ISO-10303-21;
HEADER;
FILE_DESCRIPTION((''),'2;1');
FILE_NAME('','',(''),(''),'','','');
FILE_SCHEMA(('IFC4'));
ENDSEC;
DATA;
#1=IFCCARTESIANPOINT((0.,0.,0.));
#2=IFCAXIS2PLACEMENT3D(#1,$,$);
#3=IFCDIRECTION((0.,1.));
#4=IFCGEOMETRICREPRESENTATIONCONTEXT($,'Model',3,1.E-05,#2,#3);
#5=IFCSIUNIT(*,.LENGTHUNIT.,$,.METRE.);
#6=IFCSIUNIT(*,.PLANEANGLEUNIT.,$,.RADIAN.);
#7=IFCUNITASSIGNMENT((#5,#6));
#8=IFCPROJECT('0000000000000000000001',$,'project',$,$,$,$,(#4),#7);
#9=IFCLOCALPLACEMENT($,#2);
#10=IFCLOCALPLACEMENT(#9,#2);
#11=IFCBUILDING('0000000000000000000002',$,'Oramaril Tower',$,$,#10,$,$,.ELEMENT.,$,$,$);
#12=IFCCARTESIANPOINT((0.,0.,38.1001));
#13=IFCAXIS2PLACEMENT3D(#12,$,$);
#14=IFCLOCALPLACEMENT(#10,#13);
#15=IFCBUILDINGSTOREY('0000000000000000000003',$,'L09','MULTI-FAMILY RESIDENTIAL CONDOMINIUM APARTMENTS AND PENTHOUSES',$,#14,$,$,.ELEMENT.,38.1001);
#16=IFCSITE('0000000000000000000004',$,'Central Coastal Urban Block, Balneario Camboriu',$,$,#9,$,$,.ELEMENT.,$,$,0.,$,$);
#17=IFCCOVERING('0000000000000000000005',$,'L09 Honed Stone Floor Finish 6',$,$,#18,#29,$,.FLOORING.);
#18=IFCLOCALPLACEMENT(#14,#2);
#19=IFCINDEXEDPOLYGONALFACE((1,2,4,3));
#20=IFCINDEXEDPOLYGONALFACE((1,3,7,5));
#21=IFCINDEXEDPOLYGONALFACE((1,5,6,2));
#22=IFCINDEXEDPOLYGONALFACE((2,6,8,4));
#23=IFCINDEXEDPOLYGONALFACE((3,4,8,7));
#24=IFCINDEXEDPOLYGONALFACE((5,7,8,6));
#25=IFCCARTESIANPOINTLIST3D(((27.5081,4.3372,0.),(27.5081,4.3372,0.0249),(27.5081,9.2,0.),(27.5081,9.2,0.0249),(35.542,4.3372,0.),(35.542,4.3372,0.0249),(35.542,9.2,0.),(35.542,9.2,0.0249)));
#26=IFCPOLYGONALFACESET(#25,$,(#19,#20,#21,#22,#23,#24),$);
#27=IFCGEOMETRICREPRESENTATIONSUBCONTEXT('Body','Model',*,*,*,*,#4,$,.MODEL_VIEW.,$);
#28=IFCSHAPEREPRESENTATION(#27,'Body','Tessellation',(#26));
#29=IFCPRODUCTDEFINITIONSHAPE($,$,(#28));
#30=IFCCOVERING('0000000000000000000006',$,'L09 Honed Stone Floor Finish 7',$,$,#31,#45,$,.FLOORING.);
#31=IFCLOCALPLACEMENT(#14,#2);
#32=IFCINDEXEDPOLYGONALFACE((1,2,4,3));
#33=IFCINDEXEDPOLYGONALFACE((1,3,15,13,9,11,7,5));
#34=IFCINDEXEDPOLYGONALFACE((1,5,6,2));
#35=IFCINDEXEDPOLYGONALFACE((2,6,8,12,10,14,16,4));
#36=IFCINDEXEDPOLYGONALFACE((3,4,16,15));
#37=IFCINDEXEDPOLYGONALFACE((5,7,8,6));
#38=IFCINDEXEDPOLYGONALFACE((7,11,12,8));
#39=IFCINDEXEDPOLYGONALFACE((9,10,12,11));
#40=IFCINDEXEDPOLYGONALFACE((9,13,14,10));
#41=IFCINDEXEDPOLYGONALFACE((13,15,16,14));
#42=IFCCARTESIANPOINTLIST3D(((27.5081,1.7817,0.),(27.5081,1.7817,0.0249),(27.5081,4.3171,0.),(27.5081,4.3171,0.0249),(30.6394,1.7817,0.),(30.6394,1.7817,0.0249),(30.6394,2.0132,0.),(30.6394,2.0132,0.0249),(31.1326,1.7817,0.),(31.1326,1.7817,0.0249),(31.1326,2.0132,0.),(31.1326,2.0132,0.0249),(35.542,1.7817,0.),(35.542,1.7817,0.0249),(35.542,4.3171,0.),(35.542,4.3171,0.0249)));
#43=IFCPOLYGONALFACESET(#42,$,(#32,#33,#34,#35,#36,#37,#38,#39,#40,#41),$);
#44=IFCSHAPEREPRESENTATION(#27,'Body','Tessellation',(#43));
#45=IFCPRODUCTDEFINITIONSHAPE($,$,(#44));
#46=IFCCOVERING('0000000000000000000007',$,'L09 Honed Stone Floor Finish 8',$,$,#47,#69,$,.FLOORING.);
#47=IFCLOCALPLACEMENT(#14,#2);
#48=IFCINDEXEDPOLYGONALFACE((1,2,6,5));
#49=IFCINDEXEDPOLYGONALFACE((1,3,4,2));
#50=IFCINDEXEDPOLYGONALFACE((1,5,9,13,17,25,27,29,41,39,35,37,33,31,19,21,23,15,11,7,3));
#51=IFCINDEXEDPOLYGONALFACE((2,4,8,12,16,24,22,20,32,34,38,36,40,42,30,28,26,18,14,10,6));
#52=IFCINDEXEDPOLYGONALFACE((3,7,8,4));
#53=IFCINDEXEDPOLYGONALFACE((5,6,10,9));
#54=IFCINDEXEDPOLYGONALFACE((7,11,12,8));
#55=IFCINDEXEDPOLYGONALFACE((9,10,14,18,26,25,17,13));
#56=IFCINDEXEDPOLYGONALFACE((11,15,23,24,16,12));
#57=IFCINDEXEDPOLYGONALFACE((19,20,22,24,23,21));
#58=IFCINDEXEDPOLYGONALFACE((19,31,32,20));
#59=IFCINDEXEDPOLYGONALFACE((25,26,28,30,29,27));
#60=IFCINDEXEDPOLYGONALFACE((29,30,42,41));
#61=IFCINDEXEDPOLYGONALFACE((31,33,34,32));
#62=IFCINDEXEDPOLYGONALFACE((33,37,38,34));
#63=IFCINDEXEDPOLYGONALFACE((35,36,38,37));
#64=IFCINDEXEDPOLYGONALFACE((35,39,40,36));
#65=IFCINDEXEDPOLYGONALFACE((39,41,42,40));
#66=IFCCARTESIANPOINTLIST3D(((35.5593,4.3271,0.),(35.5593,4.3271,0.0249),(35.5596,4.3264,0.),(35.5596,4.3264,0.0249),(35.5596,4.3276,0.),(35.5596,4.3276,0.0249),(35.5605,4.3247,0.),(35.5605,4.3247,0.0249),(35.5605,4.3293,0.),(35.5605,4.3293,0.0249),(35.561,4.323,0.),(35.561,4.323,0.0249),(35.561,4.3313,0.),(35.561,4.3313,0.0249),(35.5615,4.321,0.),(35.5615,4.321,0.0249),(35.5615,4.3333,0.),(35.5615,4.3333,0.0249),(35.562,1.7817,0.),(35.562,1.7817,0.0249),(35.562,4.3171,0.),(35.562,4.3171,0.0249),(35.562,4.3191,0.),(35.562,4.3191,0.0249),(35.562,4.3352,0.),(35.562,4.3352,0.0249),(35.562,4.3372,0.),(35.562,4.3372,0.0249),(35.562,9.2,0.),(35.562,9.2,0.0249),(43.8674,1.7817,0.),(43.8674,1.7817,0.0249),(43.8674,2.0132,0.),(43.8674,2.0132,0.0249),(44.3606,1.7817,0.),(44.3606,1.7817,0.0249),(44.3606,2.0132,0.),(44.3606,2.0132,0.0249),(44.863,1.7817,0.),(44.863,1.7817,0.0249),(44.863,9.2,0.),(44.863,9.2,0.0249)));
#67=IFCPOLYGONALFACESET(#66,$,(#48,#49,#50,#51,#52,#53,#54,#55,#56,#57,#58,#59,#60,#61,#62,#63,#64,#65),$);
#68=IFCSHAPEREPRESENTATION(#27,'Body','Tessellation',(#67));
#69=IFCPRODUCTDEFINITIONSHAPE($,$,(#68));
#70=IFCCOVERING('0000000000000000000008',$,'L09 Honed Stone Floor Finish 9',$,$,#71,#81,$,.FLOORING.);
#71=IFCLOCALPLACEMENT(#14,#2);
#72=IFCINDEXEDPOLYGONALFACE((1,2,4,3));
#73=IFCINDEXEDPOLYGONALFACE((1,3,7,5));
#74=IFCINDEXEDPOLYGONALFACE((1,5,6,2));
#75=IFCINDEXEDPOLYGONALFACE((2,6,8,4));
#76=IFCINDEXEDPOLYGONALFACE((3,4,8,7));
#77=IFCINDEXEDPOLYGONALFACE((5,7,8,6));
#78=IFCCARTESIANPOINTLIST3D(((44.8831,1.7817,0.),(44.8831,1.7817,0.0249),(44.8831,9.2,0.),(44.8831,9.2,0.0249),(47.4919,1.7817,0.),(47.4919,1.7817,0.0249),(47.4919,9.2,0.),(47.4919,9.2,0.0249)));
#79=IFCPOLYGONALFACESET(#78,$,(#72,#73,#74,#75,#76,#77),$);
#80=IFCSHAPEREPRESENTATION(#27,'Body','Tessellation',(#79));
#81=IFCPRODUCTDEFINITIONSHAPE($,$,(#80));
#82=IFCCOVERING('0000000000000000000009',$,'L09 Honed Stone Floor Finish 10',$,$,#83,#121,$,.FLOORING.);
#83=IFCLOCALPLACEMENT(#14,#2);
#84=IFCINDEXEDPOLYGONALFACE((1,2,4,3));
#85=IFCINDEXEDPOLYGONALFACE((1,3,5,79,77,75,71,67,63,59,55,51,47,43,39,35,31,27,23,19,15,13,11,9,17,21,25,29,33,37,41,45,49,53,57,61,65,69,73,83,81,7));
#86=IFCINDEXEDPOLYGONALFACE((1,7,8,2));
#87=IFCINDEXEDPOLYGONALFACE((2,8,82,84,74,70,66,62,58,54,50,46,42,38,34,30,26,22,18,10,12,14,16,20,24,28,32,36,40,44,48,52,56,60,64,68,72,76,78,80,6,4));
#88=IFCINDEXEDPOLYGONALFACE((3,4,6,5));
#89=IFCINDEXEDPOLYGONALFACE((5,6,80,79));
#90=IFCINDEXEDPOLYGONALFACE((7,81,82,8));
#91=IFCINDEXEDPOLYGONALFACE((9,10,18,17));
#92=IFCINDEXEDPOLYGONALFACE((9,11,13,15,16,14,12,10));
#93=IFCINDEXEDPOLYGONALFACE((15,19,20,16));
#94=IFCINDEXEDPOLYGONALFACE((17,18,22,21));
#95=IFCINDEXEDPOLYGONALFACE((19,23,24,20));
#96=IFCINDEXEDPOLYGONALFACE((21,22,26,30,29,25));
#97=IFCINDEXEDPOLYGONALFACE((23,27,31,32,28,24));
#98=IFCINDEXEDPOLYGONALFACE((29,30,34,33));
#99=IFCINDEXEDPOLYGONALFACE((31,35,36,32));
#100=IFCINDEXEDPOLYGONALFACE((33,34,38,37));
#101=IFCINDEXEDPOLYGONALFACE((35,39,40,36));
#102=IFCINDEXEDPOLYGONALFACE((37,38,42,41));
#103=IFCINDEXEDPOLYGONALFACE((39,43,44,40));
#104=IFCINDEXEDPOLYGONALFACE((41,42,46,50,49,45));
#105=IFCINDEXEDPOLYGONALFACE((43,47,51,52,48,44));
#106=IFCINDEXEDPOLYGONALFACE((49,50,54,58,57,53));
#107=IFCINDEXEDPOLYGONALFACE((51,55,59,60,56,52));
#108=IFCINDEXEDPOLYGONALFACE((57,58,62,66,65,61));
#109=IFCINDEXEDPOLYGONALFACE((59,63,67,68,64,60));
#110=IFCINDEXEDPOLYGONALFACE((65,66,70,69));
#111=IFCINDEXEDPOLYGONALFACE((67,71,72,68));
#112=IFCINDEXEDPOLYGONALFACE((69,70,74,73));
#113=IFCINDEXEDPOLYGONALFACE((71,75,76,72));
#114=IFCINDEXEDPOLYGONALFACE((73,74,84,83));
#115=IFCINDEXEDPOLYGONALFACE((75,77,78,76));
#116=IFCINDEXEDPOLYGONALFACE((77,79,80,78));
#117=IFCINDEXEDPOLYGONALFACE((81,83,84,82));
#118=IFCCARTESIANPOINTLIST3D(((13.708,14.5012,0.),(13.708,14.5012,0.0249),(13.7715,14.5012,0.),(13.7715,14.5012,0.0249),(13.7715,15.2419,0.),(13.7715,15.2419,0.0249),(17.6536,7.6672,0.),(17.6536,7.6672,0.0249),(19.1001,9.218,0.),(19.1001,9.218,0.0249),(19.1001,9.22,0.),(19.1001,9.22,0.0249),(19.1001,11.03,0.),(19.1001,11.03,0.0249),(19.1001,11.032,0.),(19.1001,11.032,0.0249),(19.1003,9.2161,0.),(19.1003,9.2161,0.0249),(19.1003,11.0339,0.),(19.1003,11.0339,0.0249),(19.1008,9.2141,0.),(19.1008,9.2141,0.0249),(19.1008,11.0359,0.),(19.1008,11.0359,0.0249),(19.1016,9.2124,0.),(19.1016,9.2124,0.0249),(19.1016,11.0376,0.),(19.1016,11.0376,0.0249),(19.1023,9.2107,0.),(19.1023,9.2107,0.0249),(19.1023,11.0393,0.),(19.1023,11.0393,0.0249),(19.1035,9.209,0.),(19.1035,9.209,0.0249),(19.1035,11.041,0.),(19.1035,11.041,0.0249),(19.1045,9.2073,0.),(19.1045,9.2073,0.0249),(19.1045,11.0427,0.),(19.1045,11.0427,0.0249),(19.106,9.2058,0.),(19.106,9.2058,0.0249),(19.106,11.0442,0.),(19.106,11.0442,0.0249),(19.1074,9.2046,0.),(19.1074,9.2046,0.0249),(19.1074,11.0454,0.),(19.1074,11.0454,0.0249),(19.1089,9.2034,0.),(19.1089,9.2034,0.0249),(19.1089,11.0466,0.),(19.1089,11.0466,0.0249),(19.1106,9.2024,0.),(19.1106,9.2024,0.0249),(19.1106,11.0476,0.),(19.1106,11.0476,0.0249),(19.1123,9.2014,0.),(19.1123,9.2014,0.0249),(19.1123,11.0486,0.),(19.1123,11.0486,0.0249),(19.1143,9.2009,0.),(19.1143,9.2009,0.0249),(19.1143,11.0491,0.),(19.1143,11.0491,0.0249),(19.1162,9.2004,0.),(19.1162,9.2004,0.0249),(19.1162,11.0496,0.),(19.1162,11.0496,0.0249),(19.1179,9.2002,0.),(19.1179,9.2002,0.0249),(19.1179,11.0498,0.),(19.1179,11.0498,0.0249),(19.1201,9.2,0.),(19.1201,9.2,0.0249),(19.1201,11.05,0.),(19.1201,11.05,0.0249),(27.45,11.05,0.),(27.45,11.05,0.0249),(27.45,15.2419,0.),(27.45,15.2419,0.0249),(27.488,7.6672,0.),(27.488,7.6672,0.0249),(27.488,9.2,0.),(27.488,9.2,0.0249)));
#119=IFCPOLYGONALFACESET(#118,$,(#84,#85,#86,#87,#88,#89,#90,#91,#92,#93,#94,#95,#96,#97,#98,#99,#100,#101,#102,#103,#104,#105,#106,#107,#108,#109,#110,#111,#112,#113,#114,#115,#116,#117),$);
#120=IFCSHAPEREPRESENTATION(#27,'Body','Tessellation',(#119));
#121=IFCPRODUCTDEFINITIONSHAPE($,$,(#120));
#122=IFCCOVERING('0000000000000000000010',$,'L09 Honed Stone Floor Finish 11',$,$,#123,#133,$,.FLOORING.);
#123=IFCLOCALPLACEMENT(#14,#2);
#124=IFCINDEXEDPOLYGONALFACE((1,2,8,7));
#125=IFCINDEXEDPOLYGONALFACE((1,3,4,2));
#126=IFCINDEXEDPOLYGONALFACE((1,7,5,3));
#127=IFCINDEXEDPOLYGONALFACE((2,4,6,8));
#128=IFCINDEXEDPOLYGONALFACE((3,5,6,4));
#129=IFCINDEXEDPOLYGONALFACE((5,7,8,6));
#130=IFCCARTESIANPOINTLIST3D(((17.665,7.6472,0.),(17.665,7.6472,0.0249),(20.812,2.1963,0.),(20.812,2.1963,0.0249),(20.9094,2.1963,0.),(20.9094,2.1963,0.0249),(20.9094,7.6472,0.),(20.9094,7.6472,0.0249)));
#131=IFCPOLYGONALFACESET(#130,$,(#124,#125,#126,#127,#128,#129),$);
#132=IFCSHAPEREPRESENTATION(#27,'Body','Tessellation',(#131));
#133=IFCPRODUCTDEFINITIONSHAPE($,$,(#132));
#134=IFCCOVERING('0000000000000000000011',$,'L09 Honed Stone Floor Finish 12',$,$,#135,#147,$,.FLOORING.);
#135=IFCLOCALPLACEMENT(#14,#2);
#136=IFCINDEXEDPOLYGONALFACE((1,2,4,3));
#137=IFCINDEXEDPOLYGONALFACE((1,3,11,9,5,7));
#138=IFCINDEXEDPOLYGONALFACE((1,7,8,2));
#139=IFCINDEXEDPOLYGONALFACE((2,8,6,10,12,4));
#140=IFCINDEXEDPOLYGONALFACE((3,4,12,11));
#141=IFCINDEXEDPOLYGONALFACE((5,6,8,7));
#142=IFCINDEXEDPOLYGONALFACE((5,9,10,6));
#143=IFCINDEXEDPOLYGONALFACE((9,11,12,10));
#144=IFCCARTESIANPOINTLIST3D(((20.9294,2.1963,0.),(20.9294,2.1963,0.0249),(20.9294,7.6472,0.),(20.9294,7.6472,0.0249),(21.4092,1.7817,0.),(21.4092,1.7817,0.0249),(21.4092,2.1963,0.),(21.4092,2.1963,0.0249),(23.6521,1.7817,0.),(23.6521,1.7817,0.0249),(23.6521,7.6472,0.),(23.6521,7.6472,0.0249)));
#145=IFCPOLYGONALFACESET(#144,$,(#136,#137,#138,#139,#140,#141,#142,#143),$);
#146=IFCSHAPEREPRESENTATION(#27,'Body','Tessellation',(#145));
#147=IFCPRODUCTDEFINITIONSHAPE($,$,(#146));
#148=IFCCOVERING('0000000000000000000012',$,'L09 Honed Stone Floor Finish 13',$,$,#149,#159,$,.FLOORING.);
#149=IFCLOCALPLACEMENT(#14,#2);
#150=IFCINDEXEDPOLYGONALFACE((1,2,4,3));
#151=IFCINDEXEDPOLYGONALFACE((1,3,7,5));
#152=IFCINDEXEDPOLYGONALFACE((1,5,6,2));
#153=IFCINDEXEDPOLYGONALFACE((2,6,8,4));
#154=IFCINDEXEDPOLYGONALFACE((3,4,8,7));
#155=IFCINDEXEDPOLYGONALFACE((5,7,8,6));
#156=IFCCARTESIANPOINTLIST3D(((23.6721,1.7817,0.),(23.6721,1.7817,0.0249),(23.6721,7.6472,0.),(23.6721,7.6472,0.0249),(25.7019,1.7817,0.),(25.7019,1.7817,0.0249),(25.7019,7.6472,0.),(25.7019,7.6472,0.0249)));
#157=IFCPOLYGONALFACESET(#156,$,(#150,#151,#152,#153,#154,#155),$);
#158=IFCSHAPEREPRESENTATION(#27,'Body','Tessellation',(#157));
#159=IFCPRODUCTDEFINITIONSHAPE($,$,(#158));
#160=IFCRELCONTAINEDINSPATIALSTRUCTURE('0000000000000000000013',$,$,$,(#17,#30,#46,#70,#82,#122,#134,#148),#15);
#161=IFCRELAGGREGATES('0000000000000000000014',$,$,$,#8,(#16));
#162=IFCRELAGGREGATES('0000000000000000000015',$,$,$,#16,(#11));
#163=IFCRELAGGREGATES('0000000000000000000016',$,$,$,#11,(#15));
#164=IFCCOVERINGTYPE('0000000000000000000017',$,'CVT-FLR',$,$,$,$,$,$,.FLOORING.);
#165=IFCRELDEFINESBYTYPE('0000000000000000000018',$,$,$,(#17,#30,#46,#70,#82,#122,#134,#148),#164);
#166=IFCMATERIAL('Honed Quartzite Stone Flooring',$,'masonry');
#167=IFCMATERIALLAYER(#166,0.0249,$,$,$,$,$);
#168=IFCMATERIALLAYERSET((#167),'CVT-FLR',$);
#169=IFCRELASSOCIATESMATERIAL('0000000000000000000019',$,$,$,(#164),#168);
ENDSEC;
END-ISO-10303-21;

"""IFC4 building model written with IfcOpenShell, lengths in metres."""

from ifc_helpers import new_model, si_unit, direction, frame, origin, place, context, subcontext, project, spatial, polyline, outline, extrude, material, layer, layer_set, type_object, element, save


model = new_model("IFC4")

# Units and contexts
model_context = context("Model", 3, precision=1e-05, world=origin(), true_north=direction((0.0, 1.0)))
body_context = subcontext(model_context, "Body", "Model", "MODEL_VIEW")
ifc_project = project(units=[si_unit("LENGTHUNIT", "METRE"), si_unit("PLANEANGLEUNIT", "RADIAN")], contexts=[model_context])

# Site, building, storey
site_placement = place(None, origin())
site = spatial("IfcSite", under=ifc_project, at=site_placement, Name="Central Coastal Urban Block, Balneario Camboriu", CompositionType="ELEMENT", RefElevation=0.0)
building_placement = place(site_placement, origin())
building = spatial("IfcBuilding", under=site, at=building_placement, Name="Oramaril Tower", CompositionType="ELEMENT")
storey_placement = place(building_placement, frame((0.0, 0.0, 38.1001)))
storey = spatial("IfcBuildingStorey", under=building, at=storey_placement, Name="L09", Description="MULTI-FAMILY RESIDENTIAL CONDOMINIUM APARTMENTS AND PENTHOUSES", CompositionType="ELEMENT", Elevation=38.1001)

# Coverings
ifc_material_1 = material(Name="Honed Quartzite Stone Flooring", Category="masonry")
ifc_layer_1 = layer(ifc_material_1, 0.0249)
ifc_layer_set_1 = layer_set([ifc_layer_1], Name="CVT-FLR")
covering_type_1 = type_object("IfcCoveringType", Name="CVT-FLR", PredefinedType="FLOORING", material=ifc_layer_set_1)
covering_1_placement = place(storey_placement, origin())
element("IfcCovering", 1, at=covering_1_placement, inside=storey, type_object=covering_type_1, Name="L09 Honed Stone Floor Finish 6", PredefinedType="FLOORING", context=body_context, shape_type="SweptSolid", body=[
    extrude(outline(polyline([(27.5081, 9.2), (35.542, 9.2), (35.542, 4.3372), (27.5081, 4.3372), (27.5081, 9.2)])), origin(), (0.0, 0.0, 1.0), 0.0249),
])
covering_2_placement = place(storey_placement, origin())
element("IfcCovering", 2, at=covering_2_placement, inside=storey, type_object=covering_type_1, Name="L09 Honed Stone Floor Finish 7", PredefinedType="FLOORING", context=body_context, shape_type="SweptSolid", body=[
    extrude(outline(polyline([(31.1326, 2.0132), (30.6394, 2.0132), (30.6394, 1.7817), (27.5081, 1.7817), (27.5081, 4.3171), (35.542, 4.3171), (35.542, 1.7817), (31.1326, 1.7817), (31.1326, 2.0132)])), origin(), (0.0, 0.0, 1.0), 0.0249),
])
covering_3_placement = place(storey_placement, origin())
element("IfcCovering", 3, at=covering_3_placement, inside=storey, type_object=covering_type_1, Name="L09 Honed Stone Floor Finish 8", PredefinedType="FLOORING", context=body_context, shape_type="SweptSolid", body=[
    extrude(outline(polyline([(44.3606, 1.7817), (44.3606, 2.0132), (43.8674, 2.0132), (43.8674, 1.7817), (35.562, 1.7817), (35.562, 4.3171), (35.562, 4.3191), (35.5615, 4.321), (35.561, 4.323), (35.5605, 4.3247), (35.5596, 4.3264), (35.5593, 4.3271), (35.5596, 4.3276), (35.5605, 4.3293), (35.561, 4.3313), (35.5615, 4.3333), (35.562, 4.3352), (35.562, 4.3372), (35.562, 9.2), (44.863, 9.2), (44.863, 1.7817), (44.3606, 1.7817)])), origin(), (0.0, 0.0, 1.0), 0.0249),
])
covering_4_placement = place(storey_placement, origin())
element("IfcCovering", 4, at=covering_4_placement, inside=storey, type_object=covering_type_1, Name="L09 Honed Stone Floor Finish 9", PredefinedType="FLOORING", context=body_context, shape_type="SweptSolid", body=[
    extrude(outline(polyline([(47.4919, 1.7817), (44.8831, 1.7817), (44.8831, 9.2), (47.4919, 9.2), (47.4919, 1.7817)])), origin(), (0.0, 0.0, 1.0), 0.0249),
])
covering_5_placement = place(storey_placement, origin())
element("IfcCovering", 5, at=covering_5_placement, inside=storey, type_object=covering_type_1, Name="L09 Honed Stone Floor Finish 10", PredefinedType="FLOORING", context=body_context, shape_type="SweptSolid", body=[
    extrude(outline(polyline([(17.6536, 7.6672), (13.708, 14.5012), (13.7715, 14.5012), (13.7715, 15.2419), (27.45, 15.2419), (27.45, 11.05), (19.1201, 11.05), (19.1179, 11.0498), (19.1162, 11.0496), (19.1143, 11.0491), (19.1123, 11.0486), (19.1106, 11.0476), (19.1089, 11.0466), (19.1074, 11.0454), (19.106, 11.0442), (19.1045, 11.0427), (19.1035, 11.041), (19.1023, 11.0393), (19.1016, 11.0376), (19.1008, 11.0359), (19.1003, 11.0339), (19.1001, 11.032), (19.1001, 11.03), (19.1001, 9.22), (19.1001, 9.218), (19.1003, 9.2161), (19.1008, 9.2141), (19.1016, 9.2124), (19.1023, 9.2107), (19.1035, 9.209), (19.1045, 9.2073), (19.106, 9.2058), (19.1074, 9.2046), (19.1089, 9.2034), (19.1106, 9.2024), (19.1123, 9.2014), (19.1143, 9.2009), (19.1162, 9.2004), (19.1179, 9.2002), (19.1201, 9.2), (27.488, 9.2), (27.488, 7.6672), (17.6536, 7.6672)])), origin(), (0.0, 0.0, 1.0), 0.0249),
])
covering_6_placement = place(storey_placement, origin())
element("IfcCovering", 6, at=covering_6_placement, inside=storey, type_object=covering_type_1, Name="L09 Honed Stone Floor Finish 11", PredefinedType="FLOORING", context=body_context, shape_type="SweptSolid", body=[
    extrude(outline(polyline([(20.812, 2.1963), (17.665, 7.6472), (20.9094, 7.6472), (20.9094, 2.1963), (20.812, 2.1963)])), origin(), (0.0, 0.0, 1.0), 0.0249),
])
covering_7_placement = place(storey_placement, origin())
element("IfcCovering", 7, at=covering_7_placement, inside=storey, type_object=covering_type_1, Name="L09 Honed Stone Floor Finish 12", PredefinedType="FLOORING", context=body_context, shape_type="SweptSolid", body=[
    extrude(outline(polyline([(21.4092, 1.7817), (21.4092, 2.1963), (20.9294, 2.1963), (20.9294, 7.6472), (23.6521, 7.6472), (23.6521, 1.7817), (21.4092, 1.7817)])), origin(), (0.0, 0.0, 1.0), 0.0249),
])
covering_8_placement = place(storey_placement, origin())
element("IfcCovering", 8, at=covering_8_placement, inside=storey, type_object=covering_type_1, Name="L09 Honed Stone Floor Finish 13", PredefinedType="FLOORING", context=body_context, shape_type="SweptSolid", body=[
    extrude(outline(polyline([(23.6721, 1.7817), (23.6721, 7.6472), (25.7019, 7.6472), (25.7019, 1.7817), (23.6721, 1.7817)])), origin(), (0.0, 0.0, 1.0), 0.0249),
])

save(model, "model.ifc")
